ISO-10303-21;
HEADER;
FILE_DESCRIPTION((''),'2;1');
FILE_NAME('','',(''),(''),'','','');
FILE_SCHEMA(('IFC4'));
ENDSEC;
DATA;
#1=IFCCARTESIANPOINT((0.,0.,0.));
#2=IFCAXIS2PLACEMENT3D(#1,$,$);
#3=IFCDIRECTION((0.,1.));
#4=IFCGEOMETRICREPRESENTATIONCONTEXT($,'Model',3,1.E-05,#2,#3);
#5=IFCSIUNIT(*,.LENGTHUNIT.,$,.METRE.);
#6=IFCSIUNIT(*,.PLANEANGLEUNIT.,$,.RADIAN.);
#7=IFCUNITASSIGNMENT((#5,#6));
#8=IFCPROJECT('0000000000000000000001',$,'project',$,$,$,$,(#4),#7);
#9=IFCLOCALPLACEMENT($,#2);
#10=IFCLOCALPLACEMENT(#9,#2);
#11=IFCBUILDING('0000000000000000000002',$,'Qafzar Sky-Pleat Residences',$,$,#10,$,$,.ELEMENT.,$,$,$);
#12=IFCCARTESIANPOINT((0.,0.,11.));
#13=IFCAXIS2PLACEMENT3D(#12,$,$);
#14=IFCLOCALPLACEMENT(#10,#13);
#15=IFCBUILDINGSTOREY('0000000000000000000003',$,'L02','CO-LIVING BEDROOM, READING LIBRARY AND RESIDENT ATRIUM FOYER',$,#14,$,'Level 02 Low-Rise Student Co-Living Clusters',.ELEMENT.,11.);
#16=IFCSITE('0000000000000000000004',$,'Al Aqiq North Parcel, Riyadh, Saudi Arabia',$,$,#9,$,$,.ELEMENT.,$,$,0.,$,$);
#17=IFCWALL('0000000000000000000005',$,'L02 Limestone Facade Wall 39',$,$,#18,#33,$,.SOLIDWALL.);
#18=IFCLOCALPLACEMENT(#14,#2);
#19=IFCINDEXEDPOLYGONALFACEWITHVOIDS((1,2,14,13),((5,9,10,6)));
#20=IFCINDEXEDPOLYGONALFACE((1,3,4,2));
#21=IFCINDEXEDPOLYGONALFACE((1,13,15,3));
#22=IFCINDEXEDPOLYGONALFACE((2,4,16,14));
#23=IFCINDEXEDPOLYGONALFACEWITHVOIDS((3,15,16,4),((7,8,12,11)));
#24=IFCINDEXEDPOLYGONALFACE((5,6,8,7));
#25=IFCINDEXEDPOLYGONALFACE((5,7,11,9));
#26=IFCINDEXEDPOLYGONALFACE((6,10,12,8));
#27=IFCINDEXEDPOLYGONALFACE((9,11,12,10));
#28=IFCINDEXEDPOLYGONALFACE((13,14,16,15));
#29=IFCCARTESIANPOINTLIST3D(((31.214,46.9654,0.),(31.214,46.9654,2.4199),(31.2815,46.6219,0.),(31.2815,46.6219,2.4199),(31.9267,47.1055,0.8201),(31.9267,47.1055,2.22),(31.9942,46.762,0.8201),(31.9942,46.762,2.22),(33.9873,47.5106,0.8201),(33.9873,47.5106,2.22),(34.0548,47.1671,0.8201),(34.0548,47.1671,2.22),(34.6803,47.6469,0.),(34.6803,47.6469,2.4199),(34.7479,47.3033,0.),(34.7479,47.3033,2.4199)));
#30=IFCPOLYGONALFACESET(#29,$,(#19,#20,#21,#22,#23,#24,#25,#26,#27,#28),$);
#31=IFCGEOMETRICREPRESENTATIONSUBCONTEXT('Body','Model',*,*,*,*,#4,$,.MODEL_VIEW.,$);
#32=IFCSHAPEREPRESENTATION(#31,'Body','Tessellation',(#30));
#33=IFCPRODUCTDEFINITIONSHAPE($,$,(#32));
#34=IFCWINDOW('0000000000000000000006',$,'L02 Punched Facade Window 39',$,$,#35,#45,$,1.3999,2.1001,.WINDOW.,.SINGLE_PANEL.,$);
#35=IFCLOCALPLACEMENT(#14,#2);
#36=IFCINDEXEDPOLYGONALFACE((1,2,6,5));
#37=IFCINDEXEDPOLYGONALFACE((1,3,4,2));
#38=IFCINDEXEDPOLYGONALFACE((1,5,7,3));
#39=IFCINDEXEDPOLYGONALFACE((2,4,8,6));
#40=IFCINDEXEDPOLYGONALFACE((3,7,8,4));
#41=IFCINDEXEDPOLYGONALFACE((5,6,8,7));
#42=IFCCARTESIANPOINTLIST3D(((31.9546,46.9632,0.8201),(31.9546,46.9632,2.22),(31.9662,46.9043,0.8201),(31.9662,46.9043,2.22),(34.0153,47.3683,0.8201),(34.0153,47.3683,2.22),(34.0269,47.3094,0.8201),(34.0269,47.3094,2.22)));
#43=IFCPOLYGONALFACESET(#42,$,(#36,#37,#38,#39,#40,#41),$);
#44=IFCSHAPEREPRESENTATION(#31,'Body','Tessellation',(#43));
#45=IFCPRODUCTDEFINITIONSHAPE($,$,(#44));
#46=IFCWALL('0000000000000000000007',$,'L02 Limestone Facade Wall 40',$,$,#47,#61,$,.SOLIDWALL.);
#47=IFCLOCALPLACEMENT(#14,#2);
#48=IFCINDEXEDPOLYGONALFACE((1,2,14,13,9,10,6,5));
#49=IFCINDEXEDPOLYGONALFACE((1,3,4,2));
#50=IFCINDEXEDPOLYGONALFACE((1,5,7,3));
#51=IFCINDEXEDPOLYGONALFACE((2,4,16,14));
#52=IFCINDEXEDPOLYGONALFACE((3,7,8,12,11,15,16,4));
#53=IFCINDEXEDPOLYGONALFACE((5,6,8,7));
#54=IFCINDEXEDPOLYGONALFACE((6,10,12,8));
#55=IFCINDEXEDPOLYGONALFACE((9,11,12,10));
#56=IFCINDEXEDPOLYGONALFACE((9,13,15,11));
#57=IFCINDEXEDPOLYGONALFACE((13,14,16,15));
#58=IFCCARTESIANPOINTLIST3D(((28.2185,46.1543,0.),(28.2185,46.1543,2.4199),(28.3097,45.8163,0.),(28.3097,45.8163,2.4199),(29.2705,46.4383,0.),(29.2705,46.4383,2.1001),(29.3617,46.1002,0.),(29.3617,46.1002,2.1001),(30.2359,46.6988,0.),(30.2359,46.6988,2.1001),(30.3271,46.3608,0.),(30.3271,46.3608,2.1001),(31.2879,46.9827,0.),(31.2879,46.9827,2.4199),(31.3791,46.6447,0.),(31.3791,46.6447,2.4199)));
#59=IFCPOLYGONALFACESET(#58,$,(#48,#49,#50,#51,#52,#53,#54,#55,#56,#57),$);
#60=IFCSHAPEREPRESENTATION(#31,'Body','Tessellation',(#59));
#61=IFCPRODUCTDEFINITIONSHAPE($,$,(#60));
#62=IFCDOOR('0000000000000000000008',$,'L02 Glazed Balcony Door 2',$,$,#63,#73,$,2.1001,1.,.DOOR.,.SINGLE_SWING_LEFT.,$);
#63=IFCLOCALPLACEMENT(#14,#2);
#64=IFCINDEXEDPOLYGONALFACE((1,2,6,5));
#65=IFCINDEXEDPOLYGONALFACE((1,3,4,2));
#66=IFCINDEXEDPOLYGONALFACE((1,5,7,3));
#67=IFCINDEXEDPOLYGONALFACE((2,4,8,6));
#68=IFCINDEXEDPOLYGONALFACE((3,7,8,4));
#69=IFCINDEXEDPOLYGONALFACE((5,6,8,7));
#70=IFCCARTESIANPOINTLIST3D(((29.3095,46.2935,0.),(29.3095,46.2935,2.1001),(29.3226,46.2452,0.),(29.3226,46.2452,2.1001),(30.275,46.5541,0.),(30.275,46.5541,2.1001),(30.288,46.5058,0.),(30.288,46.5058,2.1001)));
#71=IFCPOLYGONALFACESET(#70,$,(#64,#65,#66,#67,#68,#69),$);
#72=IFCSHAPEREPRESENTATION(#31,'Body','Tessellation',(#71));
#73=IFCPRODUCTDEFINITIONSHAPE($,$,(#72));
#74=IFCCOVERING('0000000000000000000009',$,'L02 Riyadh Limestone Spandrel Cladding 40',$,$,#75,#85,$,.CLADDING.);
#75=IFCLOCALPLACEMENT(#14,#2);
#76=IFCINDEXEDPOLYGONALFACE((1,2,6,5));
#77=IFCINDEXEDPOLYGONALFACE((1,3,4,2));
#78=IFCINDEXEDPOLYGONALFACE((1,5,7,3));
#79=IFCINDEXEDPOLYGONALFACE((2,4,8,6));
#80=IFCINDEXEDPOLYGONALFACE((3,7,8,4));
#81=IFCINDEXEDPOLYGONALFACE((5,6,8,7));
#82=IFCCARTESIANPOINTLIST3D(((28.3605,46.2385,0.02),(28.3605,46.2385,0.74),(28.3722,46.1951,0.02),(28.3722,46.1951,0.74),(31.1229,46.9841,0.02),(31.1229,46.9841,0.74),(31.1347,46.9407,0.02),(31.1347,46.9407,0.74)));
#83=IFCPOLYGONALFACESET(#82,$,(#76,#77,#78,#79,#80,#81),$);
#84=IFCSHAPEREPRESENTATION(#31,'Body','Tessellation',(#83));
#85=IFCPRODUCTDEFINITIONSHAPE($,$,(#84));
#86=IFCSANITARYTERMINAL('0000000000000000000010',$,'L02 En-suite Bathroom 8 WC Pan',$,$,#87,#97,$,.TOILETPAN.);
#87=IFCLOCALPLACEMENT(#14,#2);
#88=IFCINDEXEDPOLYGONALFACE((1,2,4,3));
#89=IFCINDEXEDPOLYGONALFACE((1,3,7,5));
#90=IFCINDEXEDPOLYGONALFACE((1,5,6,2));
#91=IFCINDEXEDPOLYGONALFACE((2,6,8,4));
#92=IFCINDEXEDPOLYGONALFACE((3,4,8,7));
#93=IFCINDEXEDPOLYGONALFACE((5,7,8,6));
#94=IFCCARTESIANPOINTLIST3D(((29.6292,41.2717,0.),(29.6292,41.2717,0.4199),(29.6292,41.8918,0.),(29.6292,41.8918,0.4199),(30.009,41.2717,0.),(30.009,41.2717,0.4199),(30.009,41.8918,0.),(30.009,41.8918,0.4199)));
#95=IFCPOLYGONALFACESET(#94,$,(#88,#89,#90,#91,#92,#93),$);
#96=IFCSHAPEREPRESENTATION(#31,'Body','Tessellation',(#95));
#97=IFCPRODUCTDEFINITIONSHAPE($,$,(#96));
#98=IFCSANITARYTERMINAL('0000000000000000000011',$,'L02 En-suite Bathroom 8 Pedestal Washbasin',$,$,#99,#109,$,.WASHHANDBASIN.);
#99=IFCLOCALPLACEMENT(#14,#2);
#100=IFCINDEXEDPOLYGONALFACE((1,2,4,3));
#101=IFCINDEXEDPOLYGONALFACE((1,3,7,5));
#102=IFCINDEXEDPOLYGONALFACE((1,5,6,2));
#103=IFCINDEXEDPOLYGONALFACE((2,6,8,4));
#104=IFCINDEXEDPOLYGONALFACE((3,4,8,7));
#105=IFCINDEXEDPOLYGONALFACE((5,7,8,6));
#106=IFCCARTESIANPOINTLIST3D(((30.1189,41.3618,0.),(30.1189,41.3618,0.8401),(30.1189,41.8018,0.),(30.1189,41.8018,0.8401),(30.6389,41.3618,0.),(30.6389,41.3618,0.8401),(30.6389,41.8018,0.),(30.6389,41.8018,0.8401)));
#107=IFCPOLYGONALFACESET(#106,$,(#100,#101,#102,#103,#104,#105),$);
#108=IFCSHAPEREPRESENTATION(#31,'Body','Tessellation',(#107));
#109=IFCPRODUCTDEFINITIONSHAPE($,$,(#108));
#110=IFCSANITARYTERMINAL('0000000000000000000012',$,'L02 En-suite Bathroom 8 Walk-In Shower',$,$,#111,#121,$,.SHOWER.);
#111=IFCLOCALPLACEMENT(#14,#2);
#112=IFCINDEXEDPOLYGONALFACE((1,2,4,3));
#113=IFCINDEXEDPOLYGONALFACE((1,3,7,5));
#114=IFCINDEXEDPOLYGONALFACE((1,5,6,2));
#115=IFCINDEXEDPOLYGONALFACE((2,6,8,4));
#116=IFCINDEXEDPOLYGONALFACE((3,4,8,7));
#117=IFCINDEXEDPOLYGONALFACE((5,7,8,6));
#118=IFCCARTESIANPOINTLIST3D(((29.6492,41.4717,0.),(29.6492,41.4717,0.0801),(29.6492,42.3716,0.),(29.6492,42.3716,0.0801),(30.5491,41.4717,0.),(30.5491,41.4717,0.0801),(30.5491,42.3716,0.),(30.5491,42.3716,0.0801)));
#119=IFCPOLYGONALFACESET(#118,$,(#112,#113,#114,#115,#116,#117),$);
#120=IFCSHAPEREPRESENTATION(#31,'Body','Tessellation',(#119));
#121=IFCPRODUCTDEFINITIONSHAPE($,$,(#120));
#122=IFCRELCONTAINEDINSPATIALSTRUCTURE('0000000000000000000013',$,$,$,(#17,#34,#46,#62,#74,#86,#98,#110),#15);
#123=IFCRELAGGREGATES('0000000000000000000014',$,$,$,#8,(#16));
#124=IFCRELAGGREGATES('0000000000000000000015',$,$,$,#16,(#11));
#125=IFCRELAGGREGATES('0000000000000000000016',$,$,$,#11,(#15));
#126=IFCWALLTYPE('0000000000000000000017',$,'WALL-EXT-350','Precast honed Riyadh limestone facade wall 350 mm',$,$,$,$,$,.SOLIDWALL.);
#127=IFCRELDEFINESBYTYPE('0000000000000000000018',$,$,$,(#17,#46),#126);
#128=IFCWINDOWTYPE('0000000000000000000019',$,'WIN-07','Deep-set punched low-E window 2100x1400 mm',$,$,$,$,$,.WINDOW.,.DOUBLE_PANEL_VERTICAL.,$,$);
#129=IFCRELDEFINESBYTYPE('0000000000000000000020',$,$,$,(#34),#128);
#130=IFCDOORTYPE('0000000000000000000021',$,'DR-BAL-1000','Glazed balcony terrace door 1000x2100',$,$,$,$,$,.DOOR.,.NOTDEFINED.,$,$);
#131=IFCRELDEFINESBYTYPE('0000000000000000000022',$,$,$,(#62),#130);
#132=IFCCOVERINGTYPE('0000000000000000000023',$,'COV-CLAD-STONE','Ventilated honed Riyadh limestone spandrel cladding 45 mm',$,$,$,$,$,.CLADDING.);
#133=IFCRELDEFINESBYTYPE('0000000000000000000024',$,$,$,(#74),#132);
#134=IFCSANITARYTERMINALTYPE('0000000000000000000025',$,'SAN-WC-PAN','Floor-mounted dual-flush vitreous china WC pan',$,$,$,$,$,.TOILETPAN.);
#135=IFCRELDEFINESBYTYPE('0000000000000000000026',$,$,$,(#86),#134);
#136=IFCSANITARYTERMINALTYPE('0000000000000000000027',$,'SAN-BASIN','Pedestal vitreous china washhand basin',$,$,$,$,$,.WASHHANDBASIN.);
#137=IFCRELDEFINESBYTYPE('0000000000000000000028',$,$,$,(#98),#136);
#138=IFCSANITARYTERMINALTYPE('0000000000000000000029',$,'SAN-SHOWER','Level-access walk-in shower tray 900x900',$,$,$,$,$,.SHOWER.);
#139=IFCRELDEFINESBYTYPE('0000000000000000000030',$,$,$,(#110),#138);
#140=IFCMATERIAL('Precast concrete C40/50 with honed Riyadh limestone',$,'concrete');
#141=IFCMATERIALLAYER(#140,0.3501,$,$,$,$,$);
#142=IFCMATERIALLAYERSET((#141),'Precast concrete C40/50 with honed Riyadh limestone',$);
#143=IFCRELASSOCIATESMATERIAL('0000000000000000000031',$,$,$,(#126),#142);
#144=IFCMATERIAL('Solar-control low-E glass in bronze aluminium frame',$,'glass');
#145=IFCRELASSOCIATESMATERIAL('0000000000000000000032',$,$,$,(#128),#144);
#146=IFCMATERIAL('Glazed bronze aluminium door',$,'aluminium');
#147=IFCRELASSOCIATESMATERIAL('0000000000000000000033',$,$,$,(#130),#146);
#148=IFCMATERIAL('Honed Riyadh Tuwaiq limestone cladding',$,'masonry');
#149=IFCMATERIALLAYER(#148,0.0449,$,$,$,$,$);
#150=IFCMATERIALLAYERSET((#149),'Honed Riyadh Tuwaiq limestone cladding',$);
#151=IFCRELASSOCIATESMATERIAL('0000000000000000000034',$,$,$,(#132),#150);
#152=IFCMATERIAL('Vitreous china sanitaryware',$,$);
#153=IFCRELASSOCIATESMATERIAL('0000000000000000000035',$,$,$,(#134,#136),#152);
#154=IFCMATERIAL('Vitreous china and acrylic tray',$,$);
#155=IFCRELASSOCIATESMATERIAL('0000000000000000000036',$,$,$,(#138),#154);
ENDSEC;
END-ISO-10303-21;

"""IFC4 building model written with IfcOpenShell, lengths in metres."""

from ifc_helpers import new_model, si_unit, direction, frame, frame_2d, origin, origin_2d, place, context, subcontext, project, spatial, rectangle, extrude, source, transform, mapped, material, layer, layer_set, type_object, element, fill, save


model = new_model("IFC4")

# Units and contexts
model_context = context("Model", 3, precision=1e-05, world=origin(), true_north=direction((0.0, 1.0)))
body_context = subcontext(model_context, "Body", "Model", "MODEL_VIEW")
ifc_project = project(units=[si_unit("LENGTHUNIT", "METRE"), si_unit("PLANEANGLEUNIT", "RADIAN")], contexts=[model_context])

# Site, building, storey
site_placement = place(None, origin())
site = spatial("IfcSite", under=ifc_project, at=site_placement, Name="Al Aqiq North Parcel, Riyadh, Saudi Arabia", CompositionType="ELEMENT", RefElevation=0.0)
building_placement = place(site_placement, origin())
building = spatial("IfcBuilding", under=site, at=building_placement, Name="Qafzar Sky-Pleat Residences", CompositionType="ELEMENT")
storey_placement = place(building_placement, frame((0.0, 0.0, 11.0)))
storey = spatial("IfcBuildingStorey", under=building, at=storey_placement, Name="L02", Description="CO-LIVING BEDROOM, READING LIBRARY AND RESIDENT ATRIUM FOYER", LongName="Level 02 Low-Rise Student Co-Living Clusters", CompositionType="ELEMENT", Elevation=11.0)

# Wall, opening, window
ifc_material_1 = material(Name="Precast concrete C40/50 with honed Riyadh limestone", Category="concrete")
ifc_layer_1 = layer(ifc_material_1, 0.3501)
ifc_layer_set_1 = layer_set([ifc_layer_1], Name="Precast concrete C40/50 with honed Riyadh limestone")
wall_type_1 = type_object("IfcWallType", Name="WALL-EXT-350", Description="Precast honed Riyadh limestone facade wall 350 mm", PredefinedType="SOLIDWALL", material=ifc_layer_set_1)
ifc_material_2 = material(Name="Solar-control low-E glass in bronze aluminium frame", Category="glass")
wall_1_placement = place(storey_placement, frame((34.7141, 47.4751, 0.0), z_axis=(0.0, 0.0, 1.0), x_axis=(-0.981221, -0.192886, 0.0)))
wall_1 = element("IfcWall", 1, at=wall_1_placement, inside=storey, type_object=wall_type_1, Name="L02 Limestone Facade Wall 39", PredefinedType="SOLIDWALL", context=body_context, shape_type="SweptSolid", body=[
    extrude(rectangle(XDim=3.5327, YDim=0.3501, at=frame_2d((1.7664, 0.0))), origin(), (0.0, 0.0, 1.0), 2.4199),
])
opening_1_placement = place(wall_1_placement, frame((0.7063, 0.0, 0.8201)))
opening_1 = element("IfcOpeningElement", 2, at=opening_1_placement, cuts=wall_1, PredefinedType="OPENING", context=body_context, shape_type="SweptSolid", body=[
    extrude(rectangle(XDim=2.1001, YDim=1.3999, at=frame_2d((1.05, 0.7))), frame((0.0, 0.1851, 0.0), z_axis=(0.0, -1.0, 0.0), x_axis=(1.0, 0.0, 0.0)), (0.0, 0.0, 1.0), 0.3701),
])
window_type_1 = type_object("IfcWindowType", Name="WIN-07", Description="Deep-set punched low-E window 2100x1400 mm", PartitioningType="DOUBLE_PANEL_VERTICAL", PredefinedType="WINDOW", material=ifc_material_2)
shared_shape_1 = source(origin(), body_context, "Body", "SweptSolid", [
    extrude(rectangle(XDim=2.1001, YDim=1.3999, at=frame_2d((1.05, 0.7))), frame((0.0, 0.03, 0.0), z_axis=(0.0, -1.0, 0.0), x_axis=(1.0, 0.0, 0.0)), (0.0, 0.0, 1.0), 0.0601),
])
window_1_placement = place(opening_1_placement, origin())
window_1 = element("IfcWindow", 3, at=window_1_placement, inside=storey, type_object=window_type_1, Name="L02 Punched Facade Window 39", OverallHeight=1.3999, OverallWidth=2.1001, PartitioningType="SINGLE_PANEL", PredefinedType="WINDOW", context=body_context, shape_type="MappedRepresentation", body=[
    mapped(shared_shape_1, transform((0.0, 0.0, 0.0), x_axis=(1.0, 0.0, 0.0), y_axis=(0.0, 1.0, 0.0), z_axis=(0.0, 0.0, 1.0), scale=1.0)),
])
fill(opening_1, window_1)

# Wall, opening, door
wall_2_placement = place(storey_placement, frame((31.3335, 46.8137, 0.0), z_axis=(0.0, 0.0, 1.0), x_axis=(-0.965457, -0.260563, 0.0)))
wall_2 = element("IfcWall", 4, at=wall_2_placement, inside=storey, type_object=wall_type_1, Name="L02 Limestone Facade Wall 40", PredefinedType="SOLIDWALL", context=body_context, shape_type="SweptSolid", body=[
    extrude(rectangle(XDim=3.1792, YDim=0.3501, at=frame_2d((1.5896, 0.0))), origin(), (0.0, 0.0, 1.0), 2.4199),
])
opening_2_placement = place(wall_2_placement, frame((1.0896, 0.0, 0.0)))
opening_2 = element("IfcOpeningElement", 5, at=opening_2_placement, cuts=wall_2, PredefinedType="OPENING", context=body_context, shape_type="SweptSolid", body=[
    extrude(rectangle(XDim=1.0, YDim=2.1001, at=frame_2d((0.5, 1.05))), frame((0.0, 0.1851, 0.0), z_axis=(0.0, -1.0, 0.0), x_axis=(1.0, 0.0, 0.0)), (0.0, 0.0, 1.0), 0.3701),
])
ifc_material_3 = material(Name="Glazed bronze aluminium door", Category="aluminium")
door_type_1 = type_object("IfcDoorType", Name="DR-BAL-1000", Description="Glazed balcony terrace door 1000x2100", OperationType="NOTDEFINED", PredefinedType="DOOR", material=ifc_material_3)
shared_shape_2 = source(origin(), body_context, "Body", "SweptSolid", [
    extrude(rectangle(XDim=1.0, YDim=2.1001, at=frame_2d((0.5, 1.05))), frame((0.0, 0.0249, 0.0), z_axis=(0.0, -1.0, 0.0), x_axis=(1.0, 0.0, 0.0)), (0.0, 0.0, 1.0), 0.05),
])
door_1_placement = place(opening_2_placement, origin())
door_1 = element("IfcDoor", 6, at=door_1_placement, inside=storey, type_object=door_type_1, Name="L02 Glazed Balcony Door 2", OperationType="SINGLE_SWING_LEFT", OverallHeight=2.1001, OverallWidth=1.0, PredefinedType="DOOR", context=body_context, shape_type="MappedRepresentation", body=[
    mapped(shared_shape_2, transform((0.0, 0.0, 0.0), x_axis=(1.0, 0.0, 0.0), y_axis=(0.0, 1.0, 0.0), z_axis=(0.0, 0.0, 1.0), scale=1.0)),
])
fill(opening_2, door_1)

# Covering
ifc_material_4 = material(Name="Honed Riyadh Tuwaiq limestone cladding", Category="masonry")
ifc_layer_2 = layer(ifc_material_4, 0.0449)
ifc_layer_set_2 = layer_set([ifc_layer_2], Name="Honed Riyadh Tuwaiq limestone cladding")
covering_type = type_object("IfcCoveringType", Name="COV-CLAD-STONE", Description="Ventilated honed Riyadh limestone spandrel cladding 45 mm", PredefinedType="CLADDING", material=ifc_layer_set_2)
shared_shape_3 = source(origin(), body_context, "Body", "SweptSolid", [
    extrude(rectangle(XDim=2.8613, YDim=0.0449, at=origin_2d()), origin(), (0.0, 0.0, 1.0), 0.72),
])
covering_placement = place(storey_placement, frame((29.7476, 46.5896, 0.02), z_axis=(0.0, 0.0, 1.0), x_axis=(-0.965456, -0.260567, 0.0)))
element("IfcCovering", 7, at=covering_placement, inside=storey, type_object=covering_type, Name="L02 Riyadh Limestone Spandrel Cladding 40", PredefinedType="CLADDING", context=body_context, shape_type="MappedRepresentation", body=[
    mapped(shared_shape_3, transform((0.0, 0.0, 0.0), x_axis=(1.0, 0.0, 0.0), y_axis=(0.0, 1.0, 0.0), z_axis=(0.0, 0.0, 1.0), scale=1.0)),
])

# Sanitary terminals
ifc_material_5 = material(Name="Vitreous china sanitaryware")
sanitary_terminal_type_1 = type_object("IfcSanitaryTerminalType", Name="SAN-WC-PAN", Description="Floor-mounted dual-flush vitreous china WC pan", PredefinedType="TOILETPAN", material=ifc_material_5)
shared_shape_4 = source(origin(), body_context, "Body", "SweptSolid", [
    extrude(rectangle(XDim=0.3799, YDim=0.6201, at=origin_2d()), origin(), (0.0, 0.0, 1.0), 0.4199),
])
sanitary_terminal_1_placement = place(storey_placement, frame((29.8191, 41.5818, 0.0), z_axis=(0.0, 0.0, 1.0), x_axis=(1.0, 0.0, 0.0)))
element("IfcSanitaryTerminal", 8, at=sanitary_terminal_1_placement, inside=storey, type_object=sanitary_terminal_type_1, Name="L02 En-suite Bathroom 8 WC Pan", PredefinedType="TOILETPAN", context=body_context, shape_type="MappedRepresentation", body=[
    mapped(shared_shape_4, transform((0.0, 0.0, 0.0), x_axis=(1.0, 0.0, 0.0), y_axis=(0.0, 1.0, 0.0), z_axis=(0.0, 0.0, 1.0), scale=1.0)),
])
sanitary_terminal_type_2 = type_object("IfcSanitaryTerminalType", Name="SAN-BASIN", Description="Pedestal vitreous china washhand basin", PredefinedType="WASHHANDBASIN", material=ifc_material_5)
shared_shape_5 = source(origin(), body_context, "Body", "SweptSolid", [
    extrude(rectangle(XDim=0.52, YDim=0.4399, at=origin_2d()), origin(), (0.0, 0.0, 1.0), 0.8401),
])
sanitary_terminal_2_placement = place(storey_placement, frame((30.3789, 41.5818, 0.0), z_axis=(0.0, 0.0, 1.0), x_axis=(1.0, 0.0, 0.0)))
element("IfcSanitaryTerminal", 9, at=sanitary_terminal_2_placement, inside=storey, type_object=sanitary_terminal_type_2, Name="L02 En-suite Bathroom 8 Pedestal Washbasin", PredefinedType="WASHHANDBASIN", context=body_context, shape_type="MappedRepresentation", body=[
    mapped(shared_shape_5, transform((0.0, 0.0, 0.0), x_axis=(1.0, 0.0, 0.0), y_axis=(0.0, 1.0, 0.0), z_axis=(0.0, 0.0, 1.0), scale=1.0)),
])
ifc_material_6 = material(Name="Vitreous china and acrylic tray")
sanitary_terminal_type_3 = type_object("IfcSanitaryTerminalType", Name="SAN-SHOWER", Description="Level-access walk-in shower tray 900x900", PredefinedType="SHOWER", material=ifc_material_6)
shared_shape_6 = source(origin(), body_context, "Body", "SweptSolid", [
    extrude(rectangle(XDim=0.8999, YDim=0.8999, at=origin_2d()), origin(), (0.0, 0.0, 1.0), 0.0801),
])
sanitary_terminal_3_placement = place(storey_placement, frame((30.0991, 41.9216, 0.0), z_axis=(0.0, 0.0, 1.0), x_axis=(1.0, 0.0, 0.0)))
element("IfcSanitaryTerminal", 10, at=sanitary_terminal_3_placement, inside=storey, type_object=sanitary_terminal_type_3, Name="L02 En-suite Bathroom 8 Walk-In Shower", PredefinedType="SHOWER", context=body_context, shape_type="MappedRepresentation", body=[
    mapped(shared_shape_6, transform((0.0, 0.0, 0.0), x_axis=(1.0, 0.0, 0.0), y_axis=(0.0, 1.0, 0.0), z_axis=(0.0, 0.0, 1.0), scale=1.0)),
])

save(model, "model.ifc")
